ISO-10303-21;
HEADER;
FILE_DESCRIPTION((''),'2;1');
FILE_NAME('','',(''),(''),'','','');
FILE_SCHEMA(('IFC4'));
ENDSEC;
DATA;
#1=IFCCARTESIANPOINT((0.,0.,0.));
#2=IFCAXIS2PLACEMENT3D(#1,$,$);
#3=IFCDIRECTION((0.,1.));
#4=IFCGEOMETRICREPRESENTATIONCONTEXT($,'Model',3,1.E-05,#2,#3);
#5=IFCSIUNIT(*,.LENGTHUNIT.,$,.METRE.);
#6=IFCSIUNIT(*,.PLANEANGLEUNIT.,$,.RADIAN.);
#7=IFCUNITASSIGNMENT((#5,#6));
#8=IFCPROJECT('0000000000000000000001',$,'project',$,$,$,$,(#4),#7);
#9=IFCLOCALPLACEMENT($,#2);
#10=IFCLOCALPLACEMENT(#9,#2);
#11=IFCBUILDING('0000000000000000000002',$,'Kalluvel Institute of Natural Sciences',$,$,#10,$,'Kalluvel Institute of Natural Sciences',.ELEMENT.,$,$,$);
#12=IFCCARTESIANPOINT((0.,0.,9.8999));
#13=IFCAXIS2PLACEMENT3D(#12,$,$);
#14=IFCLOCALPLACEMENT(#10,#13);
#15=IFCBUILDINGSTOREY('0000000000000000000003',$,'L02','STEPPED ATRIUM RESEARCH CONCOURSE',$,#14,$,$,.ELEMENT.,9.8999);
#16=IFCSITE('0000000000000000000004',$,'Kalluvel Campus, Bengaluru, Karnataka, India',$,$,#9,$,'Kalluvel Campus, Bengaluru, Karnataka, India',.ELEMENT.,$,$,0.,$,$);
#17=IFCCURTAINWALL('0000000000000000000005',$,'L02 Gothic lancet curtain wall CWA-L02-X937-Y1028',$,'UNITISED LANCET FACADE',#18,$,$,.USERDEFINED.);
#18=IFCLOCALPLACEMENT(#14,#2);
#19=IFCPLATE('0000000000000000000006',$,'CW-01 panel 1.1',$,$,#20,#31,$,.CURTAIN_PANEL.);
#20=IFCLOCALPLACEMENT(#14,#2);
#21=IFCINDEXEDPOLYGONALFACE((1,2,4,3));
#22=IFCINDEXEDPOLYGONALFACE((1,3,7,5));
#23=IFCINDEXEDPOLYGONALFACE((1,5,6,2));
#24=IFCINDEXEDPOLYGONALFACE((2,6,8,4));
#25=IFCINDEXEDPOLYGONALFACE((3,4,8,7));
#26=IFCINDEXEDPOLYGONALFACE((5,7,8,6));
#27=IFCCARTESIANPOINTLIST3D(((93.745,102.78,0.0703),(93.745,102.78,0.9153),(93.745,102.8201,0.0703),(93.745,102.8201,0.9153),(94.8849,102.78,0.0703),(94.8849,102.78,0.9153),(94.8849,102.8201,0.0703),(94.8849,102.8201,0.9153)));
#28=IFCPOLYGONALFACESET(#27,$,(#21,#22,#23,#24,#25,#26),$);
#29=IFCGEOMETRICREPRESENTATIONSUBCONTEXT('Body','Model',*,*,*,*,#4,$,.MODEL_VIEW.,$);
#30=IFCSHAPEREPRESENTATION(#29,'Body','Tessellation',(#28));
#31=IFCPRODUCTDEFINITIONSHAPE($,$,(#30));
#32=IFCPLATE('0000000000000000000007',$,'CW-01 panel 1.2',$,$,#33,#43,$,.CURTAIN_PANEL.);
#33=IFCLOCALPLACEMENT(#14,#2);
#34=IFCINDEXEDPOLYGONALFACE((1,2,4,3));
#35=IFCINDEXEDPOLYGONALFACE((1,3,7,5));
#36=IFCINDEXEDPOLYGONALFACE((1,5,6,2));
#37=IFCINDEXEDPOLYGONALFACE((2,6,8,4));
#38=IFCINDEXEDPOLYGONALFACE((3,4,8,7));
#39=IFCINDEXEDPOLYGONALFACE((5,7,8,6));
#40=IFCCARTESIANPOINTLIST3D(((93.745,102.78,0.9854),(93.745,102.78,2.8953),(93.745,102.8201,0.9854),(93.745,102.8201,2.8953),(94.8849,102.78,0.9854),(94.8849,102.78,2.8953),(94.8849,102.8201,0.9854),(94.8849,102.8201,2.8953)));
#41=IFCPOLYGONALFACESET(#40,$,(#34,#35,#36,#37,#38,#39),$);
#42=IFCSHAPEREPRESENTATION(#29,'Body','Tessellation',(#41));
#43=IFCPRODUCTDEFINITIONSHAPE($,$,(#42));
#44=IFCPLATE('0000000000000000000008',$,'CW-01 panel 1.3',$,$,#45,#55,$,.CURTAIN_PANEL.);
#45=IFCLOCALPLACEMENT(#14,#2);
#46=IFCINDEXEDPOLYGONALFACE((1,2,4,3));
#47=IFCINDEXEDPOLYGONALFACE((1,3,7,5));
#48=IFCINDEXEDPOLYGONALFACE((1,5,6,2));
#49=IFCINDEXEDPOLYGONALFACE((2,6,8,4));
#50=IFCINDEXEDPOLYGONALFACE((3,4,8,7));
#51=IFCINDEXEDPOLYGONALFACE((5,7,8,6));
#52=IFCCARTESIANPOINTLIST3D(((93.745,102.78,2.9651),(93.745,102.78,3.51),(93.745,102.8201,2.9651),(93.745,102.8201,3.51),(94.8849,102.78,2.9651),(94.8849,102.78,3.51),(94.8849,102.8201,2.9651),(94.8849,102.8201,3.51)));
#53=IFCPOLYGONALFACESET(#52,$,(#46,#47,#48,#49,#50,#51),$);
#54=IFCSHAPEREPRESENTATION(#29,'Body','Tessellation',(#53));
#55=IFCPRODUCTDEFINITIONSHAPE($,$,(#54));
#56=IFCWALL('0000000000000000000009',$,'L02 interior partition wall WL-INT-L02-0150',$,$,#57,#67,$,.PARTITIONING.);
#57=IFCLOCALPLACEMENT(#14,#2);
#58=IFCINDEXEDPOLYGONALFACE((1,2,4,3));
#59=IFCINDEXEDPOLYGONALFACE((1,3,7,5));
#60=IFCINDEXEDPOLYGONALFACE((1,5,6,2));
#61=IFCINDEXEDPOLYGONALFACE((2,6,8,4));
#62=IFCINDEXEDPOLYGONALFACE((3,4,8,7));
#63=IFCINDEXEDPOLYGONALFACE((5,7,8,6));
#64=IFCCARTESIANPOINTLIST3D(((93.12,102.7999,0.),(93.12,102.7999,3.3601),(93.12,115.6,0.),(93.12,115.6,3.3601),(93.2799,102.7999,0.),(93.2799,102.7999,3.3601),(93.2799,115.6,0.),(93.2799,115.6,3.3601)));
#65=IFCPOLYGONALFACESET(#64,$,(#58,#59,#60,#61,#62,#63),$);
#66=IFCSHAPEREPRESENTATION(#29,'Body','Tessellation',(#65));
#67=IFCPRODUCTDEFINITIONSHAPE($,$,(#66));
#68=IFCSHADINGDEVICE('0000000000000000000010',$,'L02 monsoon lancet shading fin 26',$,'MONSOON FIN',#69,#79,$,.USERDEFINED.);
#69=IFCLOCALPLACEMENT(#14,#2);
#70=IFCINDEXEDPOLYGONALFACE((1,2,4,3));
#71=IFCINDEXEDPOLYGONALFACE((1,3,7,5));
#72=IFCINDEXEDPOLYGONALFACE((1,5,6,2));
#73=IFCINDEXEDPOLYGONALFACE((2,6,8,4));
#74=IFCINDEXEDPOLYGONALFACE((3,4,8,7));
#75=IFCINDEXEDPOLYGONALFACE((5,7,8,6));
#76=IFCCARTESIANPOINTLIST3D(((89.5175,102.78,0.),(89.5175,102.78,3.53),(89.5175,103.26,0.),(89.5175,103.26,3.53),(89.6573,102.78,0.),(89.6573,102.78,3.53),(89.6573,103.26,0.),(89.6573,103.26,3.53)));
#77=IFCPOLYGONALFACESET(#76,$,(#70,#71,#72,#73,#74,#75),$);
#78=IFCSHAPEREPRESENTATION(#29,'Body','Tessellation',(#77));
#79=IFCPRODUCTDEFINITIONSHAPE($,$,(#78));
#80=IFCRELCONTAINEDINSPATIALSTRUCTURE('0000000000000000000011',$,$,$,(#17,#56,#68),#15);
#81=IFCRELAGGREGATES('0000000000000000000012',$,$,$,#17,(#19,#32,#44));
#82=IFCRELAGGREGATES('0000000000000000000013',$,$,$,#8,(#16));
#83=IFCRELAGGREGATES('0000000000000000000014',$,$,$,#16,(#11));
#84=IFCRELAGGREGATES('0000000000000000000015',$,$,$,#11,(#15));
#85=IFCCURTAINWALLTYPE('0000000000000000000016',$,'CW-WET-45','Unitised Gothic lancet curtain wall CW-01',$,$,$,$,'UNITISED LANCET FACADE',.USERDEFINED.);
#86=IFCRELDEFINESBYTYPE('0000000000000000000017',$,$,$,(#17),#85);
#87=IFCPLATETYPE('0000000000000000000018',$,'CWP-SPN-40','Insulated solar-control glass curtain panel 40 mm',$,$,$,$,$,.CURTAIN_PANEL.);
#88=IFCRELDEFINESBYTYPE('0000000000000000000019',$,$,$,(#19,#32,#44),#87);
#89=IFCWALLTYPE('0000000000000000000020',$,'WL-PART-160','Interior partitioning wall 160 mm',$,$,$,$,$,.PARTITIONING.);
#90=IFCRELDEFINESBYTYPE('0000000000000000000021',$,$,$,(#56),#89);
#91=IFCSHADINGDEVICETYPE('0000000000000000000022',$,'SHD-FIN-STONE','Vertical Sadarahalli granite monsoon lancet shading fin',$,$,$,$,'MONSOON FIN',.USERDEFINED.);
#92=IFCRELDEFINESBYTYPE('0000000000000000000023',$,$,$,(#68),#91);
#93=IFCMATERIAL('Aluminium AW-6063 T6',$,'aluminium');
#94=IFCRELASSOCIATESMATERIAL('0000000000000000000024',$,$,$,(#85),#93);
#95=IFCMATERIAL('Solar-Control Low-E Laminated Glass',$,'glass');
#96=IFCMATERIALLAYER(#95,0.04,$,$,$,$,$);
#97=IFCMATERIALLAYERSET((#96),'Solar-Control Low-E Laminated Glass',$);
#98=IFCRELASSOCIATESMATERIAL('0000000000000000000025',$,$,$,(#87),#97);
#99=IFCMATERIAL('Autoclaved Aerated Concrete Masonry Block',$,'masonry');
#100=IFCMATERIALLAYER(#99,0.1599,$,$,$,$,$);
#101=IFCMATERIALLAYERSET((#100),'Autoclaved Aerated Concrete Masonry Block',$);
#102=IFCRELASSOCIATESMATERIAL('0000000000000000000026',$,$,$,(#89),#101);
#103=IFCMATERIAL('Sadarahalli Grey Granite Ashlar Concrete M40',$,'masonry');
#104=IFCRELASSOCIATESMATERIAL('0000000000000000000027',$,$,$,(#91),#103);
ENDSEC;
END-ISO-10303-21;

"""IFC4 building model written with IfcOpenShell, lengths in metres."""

from ifc_helpers import new_model, si_unit, direction, frame, frame_2d, origin, origin_2d, place, context, subcontext, project, spatial, rectangle, extrude, material, layer, layer_set, type_object, element, aggregate, save


model = new_model("IFC4")

# Units and contexts
model_context = context("Model", 3, precision=1e-05, world=origin(), true_north=direction((0.0, 1.0)))
body_context = subcontext(model_context, "Body", "Model", "MODEL_VIEW")
ifc_project = project(units=[si_unit("LENGTHUNIT", "METRE"), si_unit("PLANEANGLEUNIT", "RADIAN")], contexts=[model_context])

# Site, building, storey
site_placement = place(None, origin())
site = spatial("IfcSite", under=ifc_project, at=site_placement, Name="Kalluvel Campus, Bengaluru, Karnataka, India", LongName="Kalluvel Campus, Bengaluru, Karnataka, India", CompositionType="ELEMENT", RefElevation=0.0)
building_placement = place(site_placement, origin())
building = spatial("IfcBuilding", under=site, at=building_placement, Name="Kalluvel Institute of Natural Sciences", LongName="Kalluvel Institute of Natural Sciences", CompositionType="ELEMENT")
storey_placement = place(building_placement, frame((0.0, 0.0, 9.8999)))
storey = spatial("IfcBuildingStorey", under=building, at=storey_placement, Name="L02", Description="STEPPED ATRIUM RESEARCH CONCOURSE", CompositionType="ELEMENT", Elevation=9.8999)

# Shared definitions
ifc_material_1 = material(Name="Aluminium AW-6063 T6", Category="aluminium")
curtain_wall_type = type_object("IfcCurtainWallType", Name="CW-WET-45", Description="Unitised Gothic lancet curtain wall CW-01", ElementType="UNITISED LANCET FACADE", PredefinedType="USERDEFINED", material=ifc_material_1)

# Curtain wall
curtain_wall_1_placement = place(storey_placement, origin())
curtain_wall_1 = element("IfcCurtainWall", 1, at=curtain_wall_1_placement, inside=storey, type_object=curtain_wall_type, Name="L02 Gothic lancet curtain wall CWA-L02-X937-Y1028", ObjectType="UNITISED LANCET FACADE", PredefinedType="USERDEFINED")

# Plates
ifc_material_2 = material(Name="Solar-Control Low-E Laminated Glass", Category="glass")
ifc_layer_1 = layer(ifc_material_2, 0.04)
ifc_layer_set_1 = layer_set([ifc_layer_1], Name="Solar-Control Low-E Laminated Glass")
plate_type = type_object("IfcPlateType", Name="CWP-SPN-40", Description="Insulated solar-control glass curtain panel 40 mm", PredefinedType="CURTAIN_PANEL", material=ifc_layer_set_1)
plate_1_placement = place(storey_placement, frame((94.3149, 102.8, 0.0703), z_axis=(0.0, 0.0, 1.0), x_axis=(1.0, 0.0, 0.0)))
plate_1 = element("IfcPlate", 2, at=plate_1_placement, type_object=plate_type, Name="CW-01 panel 1.1", PredefinedType="CURTAIN_PANEL", context=body_context, shape_type="SweptSolid", body=[
    extrude(rectangle(XDim=1.1399, YDim=0.04, at=origin_2d()), origin(), (0.0, 0.0, 1.0), 0.845),
])
plate_2_placement = place(storey_placement, frame((94.3149, 102.8, 0.9854), z_axis=(0.0, 0.0, 1.0), x_axis=(1.0, 0.0, 0.0)))
plate_2 = element("IfcPlate", 3, at=plate_2_placement, type_object=plate_type, Name="CW-01 panel 1.2", PredefinedType="CURTAIN_PANEL", context=body_context, shape_type="SweptSolid", body=[
    extrude(rectangle(XDim=1.1399, YDim=0.04, at=origin_2d()), origin(), (0.0, 0.0, 1.0), 1.9099),
])
plate_3_placement = place(storey_placement, frame((94.3149, 102.8, 2.9651), z_axis=(0.0, 0.0, 1.0), x_axis=(1.0, 0.0, 0.0)))
plate_3 = element("IfcPlate", 4, at=plate_3_placement, type_object=plate_type, Name="CW-01 panel 1.3", PredefinedType="CURTAIN_PANEL", context=body_context, shape_type="SweptSolid", body=[
    extrude(rectangle(XDim=1.1399, YDim=0.04, at=origin_2d()), origin(), (0.0, 0.0, 1.0), 0.5449),
])
aggregate(curtain_wall_1, [plate_1, plate_2, plate_3])

# Wall
ifc_material_3 = material(Name="Autoclaved Aerated Concrete Masonry Block", Category="masonry")
ifc_layer_2 = layer(ifc_material_3, 0.1599)
ifc_layer_set_2 = layer_set([ifc_layer_2], Name="Autoclaved Aerated Concrete Masonry Block")
wall_type = type_object("IfcWallType", Name="WL-PART-160", Description="Interior partitioning wall 160 mm", PredefinedType="PARTITIONING", material=ifc_layer_set_2)
wall_placement = place(storey_placement, frame((93.2, 102.8, 0.0), z_axis=(0.0, 0.0, 1.0), x_axis=(0.0, 1.0, 0.0)))
element("IfcWall", 5, at=wall_placement, inside=storey, type_object=wall_type, Name="L02 interior partition wall WL-INT-L02-0150", PredefinedType="PARTITIONING", context=body_context, shape_type="SweptSolid", body=[
    extrude(rectangle(XDim=12.8, YDim=0.1599, at=frame_2d((6.3999, 0.0))), origin(), (0.0, 0.0, 1.0), 3.3601),
])

# Shading device
ifc_material_4 = material(Name="Sadarahalli Grey Granite Ashlar Concrete M40", Category="masonry")
shading_device_type = type_object("IfcShadingDeviceType", Name="SHD-FIN-STONE", Description="Vertical Sadarahalli granite monsoon lancet shading fin", ElementType="MONSOON FIN", PredefinedType="USERDEFINED", material=ifc_material_4)
shading_device_placement = place(storey_placement, frame((89.5874, 103.02, 0.0), z_axis=(0.0, 0.0, 1.0), x_axis=(1.0, 0.0, 0.0)))
element("IfcShadingDevice", 6, at=shading_device_placement, inside=storey, type_object=shading_device_type, Name="L02 monsoon lancet shading fin 26", ObjectType="MONSOON FIN", PredefinedType="USERDEFINED", context=body_context, shape_type="SweptSolid", body=[
    extrude(rectangle(XDim=0.1399, YDim=0.48, at=origin_2d()), origin(), (0.0, 0.0, 1.0), 3.53),
])

save(model, "model.ifc")
